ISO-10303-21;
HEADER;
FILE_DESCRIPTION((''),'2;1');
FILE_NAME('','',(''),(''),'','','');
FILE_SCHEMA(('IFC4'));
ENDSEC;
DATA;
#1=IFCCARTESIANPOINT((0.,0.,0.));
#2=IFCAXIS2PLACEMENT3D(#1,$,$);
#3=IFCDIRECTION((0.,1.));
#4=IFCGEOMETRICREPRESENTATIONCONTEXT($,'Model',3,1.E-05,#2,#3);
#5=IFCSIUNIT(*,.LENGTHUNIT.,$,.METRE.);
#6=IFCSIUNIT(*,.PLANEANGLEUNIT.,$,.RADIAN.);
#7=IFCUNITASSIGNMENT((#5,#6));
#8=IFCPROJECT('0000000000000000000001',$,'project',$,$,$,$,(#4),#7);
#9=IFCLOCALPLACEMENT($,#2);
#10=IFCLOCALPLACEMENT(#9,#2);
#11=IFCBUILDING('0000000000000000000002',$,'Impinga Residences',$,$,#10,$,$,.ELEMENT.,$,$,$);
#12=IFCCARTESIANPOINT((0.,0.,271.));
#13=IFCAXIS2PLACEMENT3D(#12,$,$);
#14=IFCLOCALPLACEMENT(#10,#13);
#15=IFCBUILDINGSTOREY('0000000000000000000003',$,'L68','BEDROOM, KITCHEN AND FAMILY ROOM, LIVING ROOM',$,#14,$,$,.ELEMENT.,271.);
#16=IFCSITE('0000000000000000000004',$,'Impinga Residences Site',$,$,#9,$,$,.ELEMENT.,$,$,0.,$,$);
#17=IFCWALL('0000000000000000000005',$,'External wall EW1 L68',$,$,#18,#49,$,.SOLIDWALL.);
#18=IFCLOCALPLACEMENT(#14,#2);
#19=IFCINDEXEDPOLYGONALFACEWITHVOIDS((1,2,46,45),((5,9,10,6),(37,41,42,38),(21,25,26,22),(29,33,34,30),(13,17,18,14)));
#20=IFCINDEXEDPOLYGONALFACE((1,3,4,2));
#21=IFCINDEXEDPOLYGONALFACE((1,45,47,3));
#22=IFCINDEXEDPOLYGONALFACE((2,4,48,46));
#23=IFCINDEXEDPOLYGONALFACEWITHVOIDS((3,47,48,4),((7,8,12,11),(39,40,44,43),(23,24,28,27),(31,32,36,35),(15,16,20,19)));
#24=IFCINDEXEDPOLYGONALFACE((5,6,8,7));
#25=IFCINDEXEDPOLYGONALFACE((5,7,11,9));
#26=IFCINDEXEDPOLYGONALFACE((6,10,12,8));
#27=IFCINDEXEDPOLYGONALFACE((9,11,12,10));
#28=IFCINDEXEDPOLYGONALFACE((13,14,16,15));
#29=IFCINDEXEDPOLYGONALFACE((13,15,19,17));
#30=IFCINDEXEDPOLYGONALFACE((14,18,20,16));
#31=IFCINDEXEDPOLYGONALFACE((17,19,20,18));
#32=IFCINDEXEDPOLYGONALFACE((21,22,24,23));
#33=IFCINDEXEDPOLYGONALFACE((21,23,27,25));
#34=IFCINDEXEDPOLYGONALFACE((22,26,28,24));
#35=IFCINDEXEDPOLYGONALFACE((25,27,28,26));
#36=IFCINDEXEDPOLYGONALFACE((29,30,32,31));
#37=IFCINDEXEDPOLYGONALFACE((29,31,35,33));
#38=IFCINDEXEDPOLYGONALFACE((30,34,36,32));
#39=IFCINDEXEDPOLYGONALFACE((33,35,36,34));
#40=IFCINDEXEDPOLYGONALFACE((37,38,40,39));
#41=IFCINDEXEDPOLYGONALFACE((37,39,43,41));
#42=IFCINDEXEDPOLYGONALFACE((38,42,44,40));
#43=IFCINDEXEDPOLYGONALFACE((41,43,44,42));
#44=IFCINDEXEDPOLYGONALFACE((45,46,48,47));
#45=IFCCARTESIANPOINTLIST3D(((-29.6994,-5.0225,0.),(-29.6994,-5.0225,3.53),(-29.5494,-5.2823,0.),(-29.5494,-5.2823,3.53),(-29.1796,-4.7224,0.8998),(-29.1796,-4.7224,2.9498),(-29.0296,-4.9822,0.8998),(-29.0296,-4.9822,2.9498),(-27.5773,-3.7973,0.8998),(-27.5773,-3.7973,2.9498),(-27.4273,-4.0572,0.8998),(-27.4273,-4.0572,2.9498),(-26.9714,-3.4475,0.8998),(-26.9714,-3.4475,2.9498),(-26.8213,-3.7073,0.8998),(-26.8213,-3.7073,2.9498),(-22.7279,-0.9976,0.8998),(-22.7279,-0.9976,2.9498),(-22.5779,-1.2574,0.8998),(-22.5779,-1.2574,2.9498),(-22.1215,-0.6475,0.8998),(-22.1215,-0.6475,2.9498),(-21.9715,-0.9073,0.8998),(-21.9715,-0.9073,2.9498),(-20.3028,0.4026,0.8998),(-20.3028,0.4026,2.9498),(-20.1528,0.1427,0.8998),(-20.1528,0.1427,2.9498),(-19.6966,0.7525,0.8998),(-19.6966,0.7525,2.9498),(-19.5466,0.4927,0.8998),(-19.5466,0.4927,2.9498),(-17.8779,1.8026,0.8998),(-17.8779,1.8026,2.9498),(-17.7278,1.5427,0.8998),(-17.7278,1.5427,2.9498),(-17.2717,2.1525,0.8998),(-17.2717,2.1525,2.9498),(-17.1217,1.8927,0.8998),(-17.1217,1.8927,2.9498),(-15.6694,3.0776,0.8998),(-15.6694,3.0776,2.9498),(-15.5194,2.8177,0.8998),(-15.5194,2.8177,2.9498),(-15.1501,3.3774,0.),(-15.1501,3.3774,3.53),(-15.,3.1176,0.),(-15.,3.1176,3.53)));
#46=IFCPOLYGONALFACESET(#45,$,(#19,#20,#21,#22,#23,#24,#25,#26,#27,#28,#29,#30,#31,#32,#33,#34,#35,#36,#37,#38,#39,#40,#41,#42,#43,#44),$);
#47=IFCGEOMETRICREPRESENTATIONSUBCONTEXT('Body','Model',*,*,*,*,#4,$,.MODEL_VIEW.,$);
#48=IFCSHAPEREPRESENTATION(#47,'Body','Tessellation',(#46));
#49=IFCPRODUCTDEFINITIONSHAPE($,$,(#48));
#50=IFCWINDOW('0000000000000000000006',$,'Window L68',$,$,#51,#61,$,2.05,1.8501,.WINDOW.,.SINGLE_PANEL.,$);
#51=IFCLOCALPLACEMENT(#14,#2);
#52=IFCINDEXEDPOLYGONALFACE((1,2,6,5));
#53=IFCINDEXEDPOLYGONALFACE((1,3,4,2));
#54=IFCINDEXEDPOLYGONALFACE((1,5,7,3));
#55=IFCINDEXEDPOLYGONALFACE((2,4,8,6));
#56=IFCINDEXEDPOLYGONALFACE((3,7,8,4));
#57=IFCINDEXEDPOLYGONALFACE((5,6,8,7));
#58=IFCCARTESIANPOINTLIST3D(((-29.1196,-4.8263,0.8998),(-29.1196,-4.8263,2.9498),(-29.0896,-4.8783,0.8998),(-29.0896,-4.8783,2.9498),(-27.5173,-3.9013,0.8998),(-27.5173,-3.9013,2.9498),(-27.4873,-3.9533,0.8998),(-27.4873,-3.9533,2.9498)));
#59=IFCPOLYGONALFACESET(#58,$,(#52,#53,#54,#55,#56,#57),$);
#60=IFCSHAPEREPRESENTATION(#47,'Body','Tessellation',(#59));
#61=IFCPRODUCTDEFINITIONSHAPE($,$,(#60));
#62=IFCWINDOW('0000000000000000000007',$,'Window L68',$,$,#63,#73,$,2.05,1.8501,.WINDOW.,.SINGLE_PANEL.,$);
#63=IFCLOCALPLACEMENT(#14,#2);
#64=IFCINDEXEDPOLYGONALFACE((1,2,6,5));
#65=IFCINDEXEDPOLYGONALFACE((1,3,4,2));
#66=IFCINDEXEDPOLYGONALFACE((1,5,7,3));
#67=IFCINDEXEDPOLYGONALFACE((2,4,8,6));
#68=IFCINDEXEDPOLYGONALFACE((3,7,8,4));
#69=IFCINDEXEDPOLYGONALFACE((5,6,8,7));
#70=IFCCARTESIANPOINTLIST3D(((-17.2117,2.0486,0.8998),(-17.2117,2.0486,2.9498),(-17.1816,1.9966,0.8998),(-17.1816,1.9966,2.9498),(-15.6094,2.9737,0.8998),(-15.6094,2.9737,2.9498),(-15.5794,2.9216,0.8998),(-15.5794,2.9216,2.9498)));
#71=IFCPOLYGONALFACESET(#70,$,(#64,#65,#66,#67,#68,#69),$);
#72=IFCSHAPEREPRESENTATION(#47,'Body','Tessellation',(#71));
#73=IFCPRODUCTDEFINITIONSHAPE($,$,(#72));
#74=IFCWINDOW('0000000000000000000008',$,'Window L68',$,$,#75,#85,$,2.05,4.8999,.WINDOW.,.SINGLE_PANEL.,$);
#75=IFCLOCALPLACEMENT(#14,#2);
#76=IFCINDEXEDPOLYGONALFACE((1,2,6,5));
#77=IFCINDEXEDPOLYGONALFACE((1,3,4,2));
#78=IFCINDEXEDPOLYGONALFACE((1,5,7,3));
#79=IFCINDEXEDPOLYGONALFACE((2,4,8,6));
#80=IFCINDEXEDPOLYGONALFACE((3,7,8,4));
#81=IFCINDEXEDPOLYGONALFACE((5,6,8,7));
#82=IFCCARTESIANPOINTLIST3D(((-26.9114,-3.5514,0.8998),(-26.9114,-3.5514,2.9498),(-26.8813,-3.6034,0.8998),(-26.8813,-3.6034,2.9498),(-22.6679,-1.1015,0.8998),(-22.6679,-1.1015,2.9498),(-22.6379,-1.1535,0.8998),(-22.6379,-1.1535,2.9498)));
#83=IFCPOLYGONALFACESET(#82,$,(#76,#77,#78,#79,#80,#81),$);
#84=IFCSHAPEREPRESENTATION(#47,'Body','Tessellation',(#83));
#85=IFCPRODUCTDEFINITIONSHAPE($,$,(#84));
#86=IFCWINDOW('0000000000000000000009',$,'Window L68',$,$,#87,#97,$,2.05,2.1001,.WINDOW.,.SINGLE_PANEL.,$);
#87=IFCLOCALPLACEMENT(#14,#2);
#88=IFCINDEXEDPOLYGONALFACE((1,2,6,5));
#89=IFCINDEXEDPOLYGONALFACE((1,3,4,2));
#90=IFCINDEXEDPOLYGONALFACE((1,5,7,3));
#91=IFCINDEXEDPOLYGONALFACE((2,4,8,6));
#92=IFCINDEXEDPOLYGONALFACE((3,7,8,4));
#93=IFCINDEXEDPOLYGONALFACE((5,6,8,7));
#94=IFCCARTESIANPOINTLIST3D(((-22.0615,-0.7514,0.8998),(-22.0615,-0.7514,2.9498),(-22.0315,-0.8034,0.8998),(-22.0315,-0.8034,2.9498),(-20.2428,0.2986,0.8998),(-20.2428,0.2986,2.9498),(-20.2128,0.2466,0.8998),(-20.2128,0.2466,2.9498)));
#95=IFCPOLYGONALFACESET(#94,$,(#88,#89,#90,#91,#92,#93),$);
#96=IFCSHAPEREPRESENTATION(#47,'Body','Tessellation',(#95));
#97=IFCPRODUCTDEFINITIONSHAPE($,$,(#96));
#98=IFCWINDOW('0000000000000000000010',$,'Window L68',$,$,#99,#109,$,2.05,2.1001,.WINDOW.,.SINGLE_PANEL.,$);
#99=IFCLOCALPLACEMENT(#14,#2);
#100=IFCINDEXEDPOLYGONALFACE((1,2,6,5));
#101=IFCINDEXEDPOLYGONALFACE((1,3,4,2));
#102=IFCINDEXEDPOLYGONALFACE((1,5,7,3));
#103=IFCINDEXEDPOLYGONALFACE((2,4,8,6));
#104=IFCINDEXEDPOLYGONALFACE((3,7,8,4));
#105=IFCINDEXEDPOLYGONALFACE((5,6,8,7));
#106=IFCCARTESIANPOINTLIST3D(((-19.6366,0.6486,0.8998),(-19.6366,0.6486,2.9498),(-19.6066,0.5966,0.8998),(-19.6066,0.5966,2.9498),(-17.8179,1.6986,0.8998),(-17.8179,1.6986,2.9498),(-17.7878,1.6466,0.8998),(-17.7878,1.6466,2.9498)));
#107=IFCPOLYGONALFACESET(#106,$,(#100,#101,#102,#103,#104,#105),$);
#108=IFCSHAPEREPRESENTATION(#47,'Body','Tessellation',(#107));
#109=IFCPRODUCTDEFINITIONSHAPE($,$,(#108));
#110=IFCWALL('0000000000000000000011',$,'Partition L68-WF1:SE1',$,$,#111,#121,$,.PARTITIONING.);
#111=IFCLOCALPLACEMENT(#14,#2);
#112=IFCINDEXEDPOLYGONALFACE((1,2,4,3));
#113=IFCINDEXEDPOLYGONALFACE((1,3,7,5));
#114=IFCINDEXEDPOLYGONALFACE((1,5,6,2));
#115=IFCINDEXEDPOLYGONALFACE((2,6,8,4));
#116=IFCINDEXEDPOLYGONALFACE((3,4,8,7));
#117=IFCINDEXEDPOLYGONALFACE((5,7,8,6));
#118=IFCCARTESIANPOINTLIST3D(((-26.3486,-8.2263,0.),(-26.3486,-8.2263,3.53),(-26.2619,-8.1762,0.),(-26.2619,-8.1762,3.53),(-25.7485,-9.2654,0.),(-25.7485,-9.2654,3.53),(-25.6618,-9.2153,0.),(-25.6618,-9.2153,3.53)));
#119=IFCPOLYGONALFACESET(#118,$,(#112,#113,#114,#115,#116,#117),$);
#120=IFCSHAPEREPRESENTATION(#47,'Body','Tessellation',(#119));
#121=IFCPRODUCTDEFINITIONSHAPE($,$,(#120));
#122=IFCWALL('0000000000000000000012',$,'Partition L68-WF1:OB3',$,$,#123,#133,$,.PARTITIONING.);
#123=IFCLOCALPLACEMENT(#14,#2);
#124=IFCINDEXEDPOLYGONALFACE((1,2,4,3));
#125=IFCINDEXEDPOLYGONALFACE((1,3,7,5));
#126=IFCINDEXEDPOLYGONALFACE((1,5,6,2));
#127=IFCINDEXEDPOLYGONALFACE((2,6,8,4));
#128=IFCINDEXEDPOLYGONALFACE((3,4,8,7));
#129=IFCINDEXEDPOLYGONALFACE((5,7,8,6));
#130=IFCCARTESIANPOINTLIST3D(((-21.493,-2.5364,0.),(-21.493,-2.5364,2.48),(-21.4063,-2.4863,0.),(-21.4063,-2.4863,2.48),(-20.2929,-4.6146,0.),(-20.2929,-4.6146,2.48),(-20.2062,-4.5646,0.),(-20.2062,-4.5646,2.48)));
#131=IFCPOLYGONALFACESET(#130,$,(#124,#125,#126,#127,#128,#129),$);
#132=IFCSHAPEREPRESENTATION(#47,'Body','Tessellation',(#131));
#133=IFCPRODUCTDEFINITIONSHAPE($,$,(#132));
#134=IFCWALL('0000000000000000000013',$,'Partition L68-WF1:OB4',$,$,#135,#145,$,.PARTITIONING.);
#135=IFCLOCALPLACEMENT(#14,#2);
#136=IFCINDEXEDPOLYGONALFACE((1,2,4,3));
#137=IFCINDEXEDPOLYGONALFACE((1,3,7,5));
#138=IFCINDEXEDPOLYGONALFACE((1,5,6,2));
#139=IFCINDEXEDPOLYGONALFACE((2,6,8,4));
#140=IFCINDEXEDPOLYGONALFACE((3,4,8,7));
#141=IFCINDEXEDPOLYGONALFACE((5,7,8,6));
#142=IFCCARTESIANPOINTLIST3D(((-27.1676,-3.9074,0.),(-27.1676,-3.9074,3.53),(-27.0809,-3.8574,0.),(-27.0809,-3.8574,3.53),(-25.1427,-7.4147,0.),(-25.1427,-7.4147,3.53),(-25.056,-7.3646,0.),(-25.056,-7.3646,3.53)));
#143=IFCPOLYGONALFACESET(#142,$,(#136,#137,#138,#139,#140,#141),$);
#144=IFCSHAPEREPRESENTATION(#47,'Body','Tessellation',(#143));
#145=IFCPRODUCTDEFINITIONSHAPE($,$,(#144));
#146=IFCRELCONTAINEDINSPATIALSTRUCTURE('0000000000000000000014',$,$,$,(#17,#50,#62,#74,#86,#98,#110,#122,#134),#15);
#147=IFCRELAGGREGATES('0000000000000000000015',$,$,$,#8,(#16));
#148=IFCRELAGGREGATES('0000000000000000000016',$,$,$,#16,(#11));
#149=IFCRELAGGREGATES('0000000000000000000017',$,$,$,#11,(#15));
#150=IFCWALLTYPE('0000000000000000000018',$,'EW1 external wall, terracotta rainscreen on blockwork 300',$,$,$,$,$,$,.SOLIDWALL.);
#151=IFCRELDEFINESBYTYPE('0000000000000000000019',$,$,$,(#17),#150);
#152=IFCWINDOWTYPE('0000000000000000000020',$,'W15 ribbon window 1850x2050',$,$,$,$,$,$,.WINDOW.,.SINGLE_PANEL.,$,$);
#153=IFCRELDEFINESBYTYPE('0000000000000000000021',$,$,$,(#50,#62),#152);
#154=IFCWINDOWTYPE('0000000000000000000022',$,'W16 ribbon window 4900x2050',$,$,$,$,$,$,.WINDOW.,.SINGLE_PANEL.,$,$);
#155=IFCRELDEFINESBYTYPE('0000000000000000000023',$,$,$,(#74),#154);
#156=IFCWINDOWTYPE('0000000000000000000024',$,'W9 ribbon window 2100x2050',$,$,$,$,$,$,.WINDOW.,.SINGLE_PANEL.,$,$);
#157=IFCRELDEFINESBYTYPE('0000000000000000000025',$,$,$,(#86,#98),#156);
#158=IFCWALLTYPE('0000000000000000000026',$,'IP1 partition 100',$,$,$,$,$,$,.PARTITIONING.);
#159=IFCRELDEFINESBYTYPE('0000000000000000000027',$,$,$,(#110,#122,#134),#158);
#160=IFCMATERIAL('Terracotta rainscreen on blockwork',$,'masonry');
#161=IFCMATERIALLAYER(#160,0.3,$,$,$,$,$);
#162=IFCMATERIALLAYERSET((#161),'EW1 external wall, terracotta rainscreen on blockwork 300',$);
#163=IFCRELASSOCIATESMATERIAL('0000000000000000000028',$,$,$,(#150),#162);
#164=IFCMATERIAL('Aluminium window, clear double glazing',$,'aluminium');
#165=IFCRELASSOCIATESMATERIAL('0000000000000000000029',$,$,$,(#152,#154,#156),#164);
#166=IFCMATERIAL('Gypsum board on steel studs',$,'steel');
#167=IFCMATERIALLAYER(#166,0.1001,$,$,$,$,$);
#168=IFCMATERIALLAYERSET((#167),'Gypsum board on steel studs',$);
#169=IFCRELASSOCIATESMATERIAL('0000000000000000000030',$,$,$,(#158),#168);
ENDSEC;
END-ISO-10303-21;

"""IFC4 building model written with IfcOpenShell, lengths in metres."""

from ifc_helpers import new_model, si_unit, direction, frame, frame_2d, origin, place, context, subcontext, project, spatial, rectangle, extrude, material, layer, layer_set, type_object, element, fill, save


model = new_model("IFC4")

# Units and contexts
model_context = context("Model", 3, precision=1e-05, world=origin(), true_north=direction((0.0, 1.0)))
body_context = subcontext(model_context, "Body", "Model", "MODEL_VIEW")
ifc_project = project(units=[si_unit("LENGTHUNIT", "METRE"), si_unit("PLANEANGLEUNIT", "RADIAN")], contexts=[model_context])

# Site, building, storey
site_placement = place(None, origin())
site = spatial("IfcSite", under=ifc_project, at=site_placement, Name="Impinga Residences Site", CompositionType="ELEMENT", RefElevation=0.0)
building_placement = place(site_placement, origin())
building = spatial("IfcBuilding", under=site, at=building_placement, Name="Impinga Residences", CompositionType="ELEMENT")
storey_placement = place(building_placement, frame((0.0, 0.0, 271.0)))
storey = spatial("IfcBuildingStorey", under=building, at=storey_placement, Name="L68", Description="BEDROOM, KITCHEN AND FAMILY ROOM, LIVING ROOM", CompositionType="ELEMENT", Elevation=271.0)

# Shared definitions
ifc_material_1 = material(Name="Terracotta rainscreen on blockwork", Category="masonry")
ifc_layer_1 = layer(ifc_material_1, 0.3)
ifc_layer_set_1 = layer_set([ifc_layer_1], Name="EW1 external wall, terracotta rainscreen on blockwork 300")
wall_type_1 = type_object("IfcWallType", Name="EW1 external wall, terracotta rainscreen on blockwork 300", PredefinedType="SOLIDWALL", material=ifc_layer_set_1)

# Wall, openings, windows
wall_1_placement = place(storey_placement, frame((-29.6243, -5.1523, 0.0), z_axis=(0.0, 0.0, 1.0), x_axis=(0.866029, 0.499993, 0.0)))
wall_1 = element("IfcWall", 1, at=wall_1_placement, inside=storey, type_object=wall_type_1, Name="External wall EW1 L68", PredefinedType="SOLIDWALL", context=body_context, shape_type="SweptSolid", body=[
    extrude(rectangle(XDim=16.8, YDim=0.3, at=frame_2d((8.3999, 0.0))), origin(), (0.0, 0.0, 1.0), 3.53),
])
opening_1_placement = place(wall_1_placement, frame((0.6001, 0.0, 0.8999)))
opening_1 = element("IfcOpeningElement", 2, at=opening_1_placement, cuts=wall_1, PredefinedType="OPENING", context=body_context, shape_type="SweptSolid", body=[
    extrude(rectangle(XDim=1.8501, YDim=2.05, at=frame_2d((0.925, 1.0249))), frame((0.0, 0.1599, 0.0), z_axis=(0.0, -1.0, 0.0), x_axis=(1.0, 0.0, 0.0)), (0.0, 0.0, 1.0), 0.3201),
])
opening_2_placement = place(wall_1_placement, frame((3.1499, 0.0, 0.8999)))
opening_2 = element("IfcOpeningElement", 3, at=opening_2_placement, cuts=wall_1, PredefinedType="OPENING", context=body_context, shape_type="SweptSolid", body=[
    extrude(rectangle(XDim=4.8999, YDim=2.05, at=frame_2d((2.45, 1.0249))), frame((0.0, 0.1599, 0.0), z_axis=(0.0, -1.0, 0.0), x_axis=(1.0, 0.0, 0.0)), (0.0, 0.0, 1.0), 0.3201),
])
opening_3_placement = place(wall_1_placement, frame((8.75, 0.0, 0.8999)))
opening_3 = element("IfcOpeningElement", 4, at=opening_3_placement, cuts=wall_1, PredefinedType="OPENING", context=body_context, shape_type="SweptSolid", body=[
    extrude(rectangle(XDim=2.1001, YDim=2.05, at=frame_2d((1.05, 1.0249))), frame((0.0, 0.1599, 0.0), z_axis=(0.0, -1.0, 0.0), x_axis=(1.0, 0.0, 0.0)), (0.0, 0.0, 1.0), 0.3201),
])
opening_4_placement = place(wall_1_placement, frame((11.55, 0.0, 0.8999)))
opening_4 = element("IfcOpeningElement", 5, at=opening_4_placement, cuts=wall_1, PredefinedType="OPENING", context=body_context, shape_type="SweptSolid", body=[
    extrude(rectangle(XDim=2.1001, YDim=2.05, at=frame_2d((1.05, 1.0249))), frame((0.0, 0.1599, 0.0), z_axis=(0.0, -1.0, 0.0), x_axis=(1.0, 0.0, 0.0)), (0.0, 0.0, 1.0), 0.3201),
])
opening_5_placement = place(wall_1_placement, frame((14.3501, 0.0, 0.8999)))
opening_5 = element("IfcOpeningElement", 6, at=opening_5_placement, cuts=wall_1, PredefinedType="OPENING", context=body_context, shape_type="SweptSolid", body=[
    extrude(rectangle(XDim=1.8501, YDim=2.05, at=frame_2d((0.925, 1.0249))), frame((0.0, 0.1599, 0.0), z_axis=(0.0, -1.0, 0.0), x_axis=(1.0, 0.0, 0.0)), (0.0, 0.0, 1.0), 0.3201),
])
ifc_material_2 = material(Name="Aluminium window, clear double glazing", Category="aluminium")
window_type_1 = type_object("IfcWindowType", Name="W15 ribbon window 1850x2050", PartitioningType="SINGLE_PANEL", PredefinedType="WINDOW", material=ifc_material_2)
window_1_placement = place(opening_1_placement, origin())
window_1 = element("IfcWindow", 7, at=window_1_placement, inside=storey, type_object=window_type_1, Name="Window L68", OverallHeight=2.05, OverallWidth=1.8501, PartitioningType="SINGLE_PANEL", PredefinedType="WINDOW", context=body_context, shape_type="SweptSolid", body=[
    extrude(rectangle(XDim=1.8501, YDim=2.05, at=frame_2d((0.925, 1.0249))), frame((0.0, 0.03, 0.0), z_axis=(0.0, -1.0, 0.0), x_axis=(1.0, 0.0, 0.0)), (0.0, 0.0, 1.0), 0.0601),
])
fill(opening_1, window_1)
window_2_placement = place(opening_5_placement, origin())
window_2 = element("IfcWindow", 8, at=window_2_placement, inside=storey, type_object=window_type_1, Name="Window L68", OverallHeight=2.05, OverallWidth=1.8501, PartitioningType="SINGLE_PANEL", PredefinedType="WINDOW", context=body_context, shape_type="SweptSolid", body=[
    extrude(rectangle(XDim=1.8501, YDim=2.05, at=frame_2d((0.925, 1.0249))), frame((0.0, 0.03, 0.0), z_axis=(0.0, -1.0, 0.0), x_axis=(1.0, 0.0, 0.0)), (0.0, 0.0, 1.0), 0.0601),
])
fill(opening_5, window_2)
window_type_2 = type_object("IfcWindowType", Name="W16 ribbon window 4900x2050", PartitioningType="SINGLE_PANEL", PredefinedType="WINDOW", material=ifc_material_2)
window_3_placement = place(opening_2_placement, origin())
window_3 = element("IfcWindow", 9, at=window_3_placement, inside=storey, type_object=window_type_2, Name="Window L68", OverallHeight=2.05, OverallWidth=4.8999, PartitioningType="SINGLE_PANEL", PredefinedType="WINDOW", context=body_context, shape_type="SweptSolid", body=[
    extrude(rectangle(XDim=4.8999, YDim=2.05, at=frame_2d((2.45, 1.0249))), frame((0.0, 0.03, 0.0), z_axis=(0.0, -1.0, 0.0), x_axis=(1.0, 0.0, 0.0)), (0.0, 0.0, 1.0), 0.0601),
])
fill(opening_2, window_3)
window_type_3 = type_object("IfcWindowType", Name="W9 ribbon window 2100x2050", PartitioningType="SINGLE_PANEL", PredefinedType="WINDOW", material=ifc_material_2)
window_4_placement = place(opening_3_placement, origin())
window_4 = element("IfcWindow", 10, at=window_4_placement, inside=storey, type_object=window_type_3, Name="Window L68", OverallHeight=2.05, OverallWidth=2.1001, PartitioningType="SINGLE_PANEL", PredefinedType="WINDOW", context=body_context, shape_type="SweptSolid", body=[
    extrude(rectangle(XDim=2.1001, YDim=2.05, at=frame_2d((1.05, 1.0249))), frame((0.0, 0.03, 0.0), z_axis=(0.0, -1.0, 0.0), x_axis=(1.0, 0.0, 0.0)), (0.0, 0.0, 1.0), 0.0601),
])
fill(opening_3, window_4)
window_5_placement = place(opening_4_placement, origin())
window_5 = element("IfcWindow", 11, at=window_5_placement, inside=storey, type_object=window_type_3, Name="Window L68", OverallHeight=2.05, OverallWidth=2.1001, PartitioningType="SINGLE_PANEL", PredefinedType="WINDOW", context=body_context, shape_type="SweptSolid", body=[
    extrude(rectangle(XDim=2.1001, YDim=2.05, at=frame_2d((1.05, 1.0249))), frame((0.0, 0.03, 0.0), z_axis=(0.0, -1.0, 0.0), x_axis=(1.0, 0.0, 0.0)), (0.0, 0.0, 1.0), 0.0601),
])
fill(opening_4, window_5)

# Walls
ifc_material_3 = material(Name="Gypsum board on steel studs", Category="steel")
ifc_layer_2 = layer(ifc_material_3, 0.1001)
ifc_layer_set_2 = layer_set([ifc_layer_2], Name="Gypsum board on steel studs")
wall_type_2 = type_object("IfcWallType", Name="IP1 partition 100", PredefinedType="PARTITIONING", material=ifc_layer_set_2)
wall_2_placement = place(storey_placement, frame((-25.7051, -9.2405, 0.0), z_axis=(0.0, 0.0, 1.0), x_axis=(-0.500122, 0.865955, 0.0)))
element("IfcWall", 12, at=wall_2_placement, inside=storey, type_object=wall_type_2, Name="Partition L68-WF1:SE1", PredefinedType="PARTITIONING", context=body_context, shape_type="SweptSolid", body=[
    extrude(rectangle(XDim=1.2, YDim=0.1001, at=frame_2d((0.6001, 0.0))), origin(), (0.0, 0.0, 1.0), 3.53),
])
wall_3_placement = place(storey_placement, frame((-20.2495, -4.5896, 0.0), z_axis=(0.0, 0.0, 1.0), x_axis=(-0.500078, 0.865981, 0.0)))
element("IfcWall", 13, at=wall_3_placement, inside=storey, type_object=wall_type_2, Name="Partition L68-WF1:OB3", PredefinedType="PARTITIONING", context=body_context, shape_type="SweptSolid", body=[
    extrude(rectangle(XDim=2.3999, YDim=0.1001, at=frame_2d((1.2, 0.0))), origin(), (0.0, 0.0, 1.0), 2.48),
])
wall_4_placement = place(storey_placement, frame((-25.0994, -7.3896, 0.0), z_axis=(0.0, 0.0, 1.0), x_axis=(-0.49999, 0.866031, 0.0)))
element("IfcWall", 14, at=wall_4_placement, inside=storey, type_object=wall_type_2, Name="Partition L68-WF1:OB4", PredefinedType="PARTITIONING", context=body_context, shape_type="SweptSolid", body=[
    extrude(rectangle(XDim=4.0498, YDim=0.1001, at=frame_2d((2.0249, 0.0))), origin(), (0.0, 0.0, 1.0), 3.53),
])

save(model, "model.ifc")
